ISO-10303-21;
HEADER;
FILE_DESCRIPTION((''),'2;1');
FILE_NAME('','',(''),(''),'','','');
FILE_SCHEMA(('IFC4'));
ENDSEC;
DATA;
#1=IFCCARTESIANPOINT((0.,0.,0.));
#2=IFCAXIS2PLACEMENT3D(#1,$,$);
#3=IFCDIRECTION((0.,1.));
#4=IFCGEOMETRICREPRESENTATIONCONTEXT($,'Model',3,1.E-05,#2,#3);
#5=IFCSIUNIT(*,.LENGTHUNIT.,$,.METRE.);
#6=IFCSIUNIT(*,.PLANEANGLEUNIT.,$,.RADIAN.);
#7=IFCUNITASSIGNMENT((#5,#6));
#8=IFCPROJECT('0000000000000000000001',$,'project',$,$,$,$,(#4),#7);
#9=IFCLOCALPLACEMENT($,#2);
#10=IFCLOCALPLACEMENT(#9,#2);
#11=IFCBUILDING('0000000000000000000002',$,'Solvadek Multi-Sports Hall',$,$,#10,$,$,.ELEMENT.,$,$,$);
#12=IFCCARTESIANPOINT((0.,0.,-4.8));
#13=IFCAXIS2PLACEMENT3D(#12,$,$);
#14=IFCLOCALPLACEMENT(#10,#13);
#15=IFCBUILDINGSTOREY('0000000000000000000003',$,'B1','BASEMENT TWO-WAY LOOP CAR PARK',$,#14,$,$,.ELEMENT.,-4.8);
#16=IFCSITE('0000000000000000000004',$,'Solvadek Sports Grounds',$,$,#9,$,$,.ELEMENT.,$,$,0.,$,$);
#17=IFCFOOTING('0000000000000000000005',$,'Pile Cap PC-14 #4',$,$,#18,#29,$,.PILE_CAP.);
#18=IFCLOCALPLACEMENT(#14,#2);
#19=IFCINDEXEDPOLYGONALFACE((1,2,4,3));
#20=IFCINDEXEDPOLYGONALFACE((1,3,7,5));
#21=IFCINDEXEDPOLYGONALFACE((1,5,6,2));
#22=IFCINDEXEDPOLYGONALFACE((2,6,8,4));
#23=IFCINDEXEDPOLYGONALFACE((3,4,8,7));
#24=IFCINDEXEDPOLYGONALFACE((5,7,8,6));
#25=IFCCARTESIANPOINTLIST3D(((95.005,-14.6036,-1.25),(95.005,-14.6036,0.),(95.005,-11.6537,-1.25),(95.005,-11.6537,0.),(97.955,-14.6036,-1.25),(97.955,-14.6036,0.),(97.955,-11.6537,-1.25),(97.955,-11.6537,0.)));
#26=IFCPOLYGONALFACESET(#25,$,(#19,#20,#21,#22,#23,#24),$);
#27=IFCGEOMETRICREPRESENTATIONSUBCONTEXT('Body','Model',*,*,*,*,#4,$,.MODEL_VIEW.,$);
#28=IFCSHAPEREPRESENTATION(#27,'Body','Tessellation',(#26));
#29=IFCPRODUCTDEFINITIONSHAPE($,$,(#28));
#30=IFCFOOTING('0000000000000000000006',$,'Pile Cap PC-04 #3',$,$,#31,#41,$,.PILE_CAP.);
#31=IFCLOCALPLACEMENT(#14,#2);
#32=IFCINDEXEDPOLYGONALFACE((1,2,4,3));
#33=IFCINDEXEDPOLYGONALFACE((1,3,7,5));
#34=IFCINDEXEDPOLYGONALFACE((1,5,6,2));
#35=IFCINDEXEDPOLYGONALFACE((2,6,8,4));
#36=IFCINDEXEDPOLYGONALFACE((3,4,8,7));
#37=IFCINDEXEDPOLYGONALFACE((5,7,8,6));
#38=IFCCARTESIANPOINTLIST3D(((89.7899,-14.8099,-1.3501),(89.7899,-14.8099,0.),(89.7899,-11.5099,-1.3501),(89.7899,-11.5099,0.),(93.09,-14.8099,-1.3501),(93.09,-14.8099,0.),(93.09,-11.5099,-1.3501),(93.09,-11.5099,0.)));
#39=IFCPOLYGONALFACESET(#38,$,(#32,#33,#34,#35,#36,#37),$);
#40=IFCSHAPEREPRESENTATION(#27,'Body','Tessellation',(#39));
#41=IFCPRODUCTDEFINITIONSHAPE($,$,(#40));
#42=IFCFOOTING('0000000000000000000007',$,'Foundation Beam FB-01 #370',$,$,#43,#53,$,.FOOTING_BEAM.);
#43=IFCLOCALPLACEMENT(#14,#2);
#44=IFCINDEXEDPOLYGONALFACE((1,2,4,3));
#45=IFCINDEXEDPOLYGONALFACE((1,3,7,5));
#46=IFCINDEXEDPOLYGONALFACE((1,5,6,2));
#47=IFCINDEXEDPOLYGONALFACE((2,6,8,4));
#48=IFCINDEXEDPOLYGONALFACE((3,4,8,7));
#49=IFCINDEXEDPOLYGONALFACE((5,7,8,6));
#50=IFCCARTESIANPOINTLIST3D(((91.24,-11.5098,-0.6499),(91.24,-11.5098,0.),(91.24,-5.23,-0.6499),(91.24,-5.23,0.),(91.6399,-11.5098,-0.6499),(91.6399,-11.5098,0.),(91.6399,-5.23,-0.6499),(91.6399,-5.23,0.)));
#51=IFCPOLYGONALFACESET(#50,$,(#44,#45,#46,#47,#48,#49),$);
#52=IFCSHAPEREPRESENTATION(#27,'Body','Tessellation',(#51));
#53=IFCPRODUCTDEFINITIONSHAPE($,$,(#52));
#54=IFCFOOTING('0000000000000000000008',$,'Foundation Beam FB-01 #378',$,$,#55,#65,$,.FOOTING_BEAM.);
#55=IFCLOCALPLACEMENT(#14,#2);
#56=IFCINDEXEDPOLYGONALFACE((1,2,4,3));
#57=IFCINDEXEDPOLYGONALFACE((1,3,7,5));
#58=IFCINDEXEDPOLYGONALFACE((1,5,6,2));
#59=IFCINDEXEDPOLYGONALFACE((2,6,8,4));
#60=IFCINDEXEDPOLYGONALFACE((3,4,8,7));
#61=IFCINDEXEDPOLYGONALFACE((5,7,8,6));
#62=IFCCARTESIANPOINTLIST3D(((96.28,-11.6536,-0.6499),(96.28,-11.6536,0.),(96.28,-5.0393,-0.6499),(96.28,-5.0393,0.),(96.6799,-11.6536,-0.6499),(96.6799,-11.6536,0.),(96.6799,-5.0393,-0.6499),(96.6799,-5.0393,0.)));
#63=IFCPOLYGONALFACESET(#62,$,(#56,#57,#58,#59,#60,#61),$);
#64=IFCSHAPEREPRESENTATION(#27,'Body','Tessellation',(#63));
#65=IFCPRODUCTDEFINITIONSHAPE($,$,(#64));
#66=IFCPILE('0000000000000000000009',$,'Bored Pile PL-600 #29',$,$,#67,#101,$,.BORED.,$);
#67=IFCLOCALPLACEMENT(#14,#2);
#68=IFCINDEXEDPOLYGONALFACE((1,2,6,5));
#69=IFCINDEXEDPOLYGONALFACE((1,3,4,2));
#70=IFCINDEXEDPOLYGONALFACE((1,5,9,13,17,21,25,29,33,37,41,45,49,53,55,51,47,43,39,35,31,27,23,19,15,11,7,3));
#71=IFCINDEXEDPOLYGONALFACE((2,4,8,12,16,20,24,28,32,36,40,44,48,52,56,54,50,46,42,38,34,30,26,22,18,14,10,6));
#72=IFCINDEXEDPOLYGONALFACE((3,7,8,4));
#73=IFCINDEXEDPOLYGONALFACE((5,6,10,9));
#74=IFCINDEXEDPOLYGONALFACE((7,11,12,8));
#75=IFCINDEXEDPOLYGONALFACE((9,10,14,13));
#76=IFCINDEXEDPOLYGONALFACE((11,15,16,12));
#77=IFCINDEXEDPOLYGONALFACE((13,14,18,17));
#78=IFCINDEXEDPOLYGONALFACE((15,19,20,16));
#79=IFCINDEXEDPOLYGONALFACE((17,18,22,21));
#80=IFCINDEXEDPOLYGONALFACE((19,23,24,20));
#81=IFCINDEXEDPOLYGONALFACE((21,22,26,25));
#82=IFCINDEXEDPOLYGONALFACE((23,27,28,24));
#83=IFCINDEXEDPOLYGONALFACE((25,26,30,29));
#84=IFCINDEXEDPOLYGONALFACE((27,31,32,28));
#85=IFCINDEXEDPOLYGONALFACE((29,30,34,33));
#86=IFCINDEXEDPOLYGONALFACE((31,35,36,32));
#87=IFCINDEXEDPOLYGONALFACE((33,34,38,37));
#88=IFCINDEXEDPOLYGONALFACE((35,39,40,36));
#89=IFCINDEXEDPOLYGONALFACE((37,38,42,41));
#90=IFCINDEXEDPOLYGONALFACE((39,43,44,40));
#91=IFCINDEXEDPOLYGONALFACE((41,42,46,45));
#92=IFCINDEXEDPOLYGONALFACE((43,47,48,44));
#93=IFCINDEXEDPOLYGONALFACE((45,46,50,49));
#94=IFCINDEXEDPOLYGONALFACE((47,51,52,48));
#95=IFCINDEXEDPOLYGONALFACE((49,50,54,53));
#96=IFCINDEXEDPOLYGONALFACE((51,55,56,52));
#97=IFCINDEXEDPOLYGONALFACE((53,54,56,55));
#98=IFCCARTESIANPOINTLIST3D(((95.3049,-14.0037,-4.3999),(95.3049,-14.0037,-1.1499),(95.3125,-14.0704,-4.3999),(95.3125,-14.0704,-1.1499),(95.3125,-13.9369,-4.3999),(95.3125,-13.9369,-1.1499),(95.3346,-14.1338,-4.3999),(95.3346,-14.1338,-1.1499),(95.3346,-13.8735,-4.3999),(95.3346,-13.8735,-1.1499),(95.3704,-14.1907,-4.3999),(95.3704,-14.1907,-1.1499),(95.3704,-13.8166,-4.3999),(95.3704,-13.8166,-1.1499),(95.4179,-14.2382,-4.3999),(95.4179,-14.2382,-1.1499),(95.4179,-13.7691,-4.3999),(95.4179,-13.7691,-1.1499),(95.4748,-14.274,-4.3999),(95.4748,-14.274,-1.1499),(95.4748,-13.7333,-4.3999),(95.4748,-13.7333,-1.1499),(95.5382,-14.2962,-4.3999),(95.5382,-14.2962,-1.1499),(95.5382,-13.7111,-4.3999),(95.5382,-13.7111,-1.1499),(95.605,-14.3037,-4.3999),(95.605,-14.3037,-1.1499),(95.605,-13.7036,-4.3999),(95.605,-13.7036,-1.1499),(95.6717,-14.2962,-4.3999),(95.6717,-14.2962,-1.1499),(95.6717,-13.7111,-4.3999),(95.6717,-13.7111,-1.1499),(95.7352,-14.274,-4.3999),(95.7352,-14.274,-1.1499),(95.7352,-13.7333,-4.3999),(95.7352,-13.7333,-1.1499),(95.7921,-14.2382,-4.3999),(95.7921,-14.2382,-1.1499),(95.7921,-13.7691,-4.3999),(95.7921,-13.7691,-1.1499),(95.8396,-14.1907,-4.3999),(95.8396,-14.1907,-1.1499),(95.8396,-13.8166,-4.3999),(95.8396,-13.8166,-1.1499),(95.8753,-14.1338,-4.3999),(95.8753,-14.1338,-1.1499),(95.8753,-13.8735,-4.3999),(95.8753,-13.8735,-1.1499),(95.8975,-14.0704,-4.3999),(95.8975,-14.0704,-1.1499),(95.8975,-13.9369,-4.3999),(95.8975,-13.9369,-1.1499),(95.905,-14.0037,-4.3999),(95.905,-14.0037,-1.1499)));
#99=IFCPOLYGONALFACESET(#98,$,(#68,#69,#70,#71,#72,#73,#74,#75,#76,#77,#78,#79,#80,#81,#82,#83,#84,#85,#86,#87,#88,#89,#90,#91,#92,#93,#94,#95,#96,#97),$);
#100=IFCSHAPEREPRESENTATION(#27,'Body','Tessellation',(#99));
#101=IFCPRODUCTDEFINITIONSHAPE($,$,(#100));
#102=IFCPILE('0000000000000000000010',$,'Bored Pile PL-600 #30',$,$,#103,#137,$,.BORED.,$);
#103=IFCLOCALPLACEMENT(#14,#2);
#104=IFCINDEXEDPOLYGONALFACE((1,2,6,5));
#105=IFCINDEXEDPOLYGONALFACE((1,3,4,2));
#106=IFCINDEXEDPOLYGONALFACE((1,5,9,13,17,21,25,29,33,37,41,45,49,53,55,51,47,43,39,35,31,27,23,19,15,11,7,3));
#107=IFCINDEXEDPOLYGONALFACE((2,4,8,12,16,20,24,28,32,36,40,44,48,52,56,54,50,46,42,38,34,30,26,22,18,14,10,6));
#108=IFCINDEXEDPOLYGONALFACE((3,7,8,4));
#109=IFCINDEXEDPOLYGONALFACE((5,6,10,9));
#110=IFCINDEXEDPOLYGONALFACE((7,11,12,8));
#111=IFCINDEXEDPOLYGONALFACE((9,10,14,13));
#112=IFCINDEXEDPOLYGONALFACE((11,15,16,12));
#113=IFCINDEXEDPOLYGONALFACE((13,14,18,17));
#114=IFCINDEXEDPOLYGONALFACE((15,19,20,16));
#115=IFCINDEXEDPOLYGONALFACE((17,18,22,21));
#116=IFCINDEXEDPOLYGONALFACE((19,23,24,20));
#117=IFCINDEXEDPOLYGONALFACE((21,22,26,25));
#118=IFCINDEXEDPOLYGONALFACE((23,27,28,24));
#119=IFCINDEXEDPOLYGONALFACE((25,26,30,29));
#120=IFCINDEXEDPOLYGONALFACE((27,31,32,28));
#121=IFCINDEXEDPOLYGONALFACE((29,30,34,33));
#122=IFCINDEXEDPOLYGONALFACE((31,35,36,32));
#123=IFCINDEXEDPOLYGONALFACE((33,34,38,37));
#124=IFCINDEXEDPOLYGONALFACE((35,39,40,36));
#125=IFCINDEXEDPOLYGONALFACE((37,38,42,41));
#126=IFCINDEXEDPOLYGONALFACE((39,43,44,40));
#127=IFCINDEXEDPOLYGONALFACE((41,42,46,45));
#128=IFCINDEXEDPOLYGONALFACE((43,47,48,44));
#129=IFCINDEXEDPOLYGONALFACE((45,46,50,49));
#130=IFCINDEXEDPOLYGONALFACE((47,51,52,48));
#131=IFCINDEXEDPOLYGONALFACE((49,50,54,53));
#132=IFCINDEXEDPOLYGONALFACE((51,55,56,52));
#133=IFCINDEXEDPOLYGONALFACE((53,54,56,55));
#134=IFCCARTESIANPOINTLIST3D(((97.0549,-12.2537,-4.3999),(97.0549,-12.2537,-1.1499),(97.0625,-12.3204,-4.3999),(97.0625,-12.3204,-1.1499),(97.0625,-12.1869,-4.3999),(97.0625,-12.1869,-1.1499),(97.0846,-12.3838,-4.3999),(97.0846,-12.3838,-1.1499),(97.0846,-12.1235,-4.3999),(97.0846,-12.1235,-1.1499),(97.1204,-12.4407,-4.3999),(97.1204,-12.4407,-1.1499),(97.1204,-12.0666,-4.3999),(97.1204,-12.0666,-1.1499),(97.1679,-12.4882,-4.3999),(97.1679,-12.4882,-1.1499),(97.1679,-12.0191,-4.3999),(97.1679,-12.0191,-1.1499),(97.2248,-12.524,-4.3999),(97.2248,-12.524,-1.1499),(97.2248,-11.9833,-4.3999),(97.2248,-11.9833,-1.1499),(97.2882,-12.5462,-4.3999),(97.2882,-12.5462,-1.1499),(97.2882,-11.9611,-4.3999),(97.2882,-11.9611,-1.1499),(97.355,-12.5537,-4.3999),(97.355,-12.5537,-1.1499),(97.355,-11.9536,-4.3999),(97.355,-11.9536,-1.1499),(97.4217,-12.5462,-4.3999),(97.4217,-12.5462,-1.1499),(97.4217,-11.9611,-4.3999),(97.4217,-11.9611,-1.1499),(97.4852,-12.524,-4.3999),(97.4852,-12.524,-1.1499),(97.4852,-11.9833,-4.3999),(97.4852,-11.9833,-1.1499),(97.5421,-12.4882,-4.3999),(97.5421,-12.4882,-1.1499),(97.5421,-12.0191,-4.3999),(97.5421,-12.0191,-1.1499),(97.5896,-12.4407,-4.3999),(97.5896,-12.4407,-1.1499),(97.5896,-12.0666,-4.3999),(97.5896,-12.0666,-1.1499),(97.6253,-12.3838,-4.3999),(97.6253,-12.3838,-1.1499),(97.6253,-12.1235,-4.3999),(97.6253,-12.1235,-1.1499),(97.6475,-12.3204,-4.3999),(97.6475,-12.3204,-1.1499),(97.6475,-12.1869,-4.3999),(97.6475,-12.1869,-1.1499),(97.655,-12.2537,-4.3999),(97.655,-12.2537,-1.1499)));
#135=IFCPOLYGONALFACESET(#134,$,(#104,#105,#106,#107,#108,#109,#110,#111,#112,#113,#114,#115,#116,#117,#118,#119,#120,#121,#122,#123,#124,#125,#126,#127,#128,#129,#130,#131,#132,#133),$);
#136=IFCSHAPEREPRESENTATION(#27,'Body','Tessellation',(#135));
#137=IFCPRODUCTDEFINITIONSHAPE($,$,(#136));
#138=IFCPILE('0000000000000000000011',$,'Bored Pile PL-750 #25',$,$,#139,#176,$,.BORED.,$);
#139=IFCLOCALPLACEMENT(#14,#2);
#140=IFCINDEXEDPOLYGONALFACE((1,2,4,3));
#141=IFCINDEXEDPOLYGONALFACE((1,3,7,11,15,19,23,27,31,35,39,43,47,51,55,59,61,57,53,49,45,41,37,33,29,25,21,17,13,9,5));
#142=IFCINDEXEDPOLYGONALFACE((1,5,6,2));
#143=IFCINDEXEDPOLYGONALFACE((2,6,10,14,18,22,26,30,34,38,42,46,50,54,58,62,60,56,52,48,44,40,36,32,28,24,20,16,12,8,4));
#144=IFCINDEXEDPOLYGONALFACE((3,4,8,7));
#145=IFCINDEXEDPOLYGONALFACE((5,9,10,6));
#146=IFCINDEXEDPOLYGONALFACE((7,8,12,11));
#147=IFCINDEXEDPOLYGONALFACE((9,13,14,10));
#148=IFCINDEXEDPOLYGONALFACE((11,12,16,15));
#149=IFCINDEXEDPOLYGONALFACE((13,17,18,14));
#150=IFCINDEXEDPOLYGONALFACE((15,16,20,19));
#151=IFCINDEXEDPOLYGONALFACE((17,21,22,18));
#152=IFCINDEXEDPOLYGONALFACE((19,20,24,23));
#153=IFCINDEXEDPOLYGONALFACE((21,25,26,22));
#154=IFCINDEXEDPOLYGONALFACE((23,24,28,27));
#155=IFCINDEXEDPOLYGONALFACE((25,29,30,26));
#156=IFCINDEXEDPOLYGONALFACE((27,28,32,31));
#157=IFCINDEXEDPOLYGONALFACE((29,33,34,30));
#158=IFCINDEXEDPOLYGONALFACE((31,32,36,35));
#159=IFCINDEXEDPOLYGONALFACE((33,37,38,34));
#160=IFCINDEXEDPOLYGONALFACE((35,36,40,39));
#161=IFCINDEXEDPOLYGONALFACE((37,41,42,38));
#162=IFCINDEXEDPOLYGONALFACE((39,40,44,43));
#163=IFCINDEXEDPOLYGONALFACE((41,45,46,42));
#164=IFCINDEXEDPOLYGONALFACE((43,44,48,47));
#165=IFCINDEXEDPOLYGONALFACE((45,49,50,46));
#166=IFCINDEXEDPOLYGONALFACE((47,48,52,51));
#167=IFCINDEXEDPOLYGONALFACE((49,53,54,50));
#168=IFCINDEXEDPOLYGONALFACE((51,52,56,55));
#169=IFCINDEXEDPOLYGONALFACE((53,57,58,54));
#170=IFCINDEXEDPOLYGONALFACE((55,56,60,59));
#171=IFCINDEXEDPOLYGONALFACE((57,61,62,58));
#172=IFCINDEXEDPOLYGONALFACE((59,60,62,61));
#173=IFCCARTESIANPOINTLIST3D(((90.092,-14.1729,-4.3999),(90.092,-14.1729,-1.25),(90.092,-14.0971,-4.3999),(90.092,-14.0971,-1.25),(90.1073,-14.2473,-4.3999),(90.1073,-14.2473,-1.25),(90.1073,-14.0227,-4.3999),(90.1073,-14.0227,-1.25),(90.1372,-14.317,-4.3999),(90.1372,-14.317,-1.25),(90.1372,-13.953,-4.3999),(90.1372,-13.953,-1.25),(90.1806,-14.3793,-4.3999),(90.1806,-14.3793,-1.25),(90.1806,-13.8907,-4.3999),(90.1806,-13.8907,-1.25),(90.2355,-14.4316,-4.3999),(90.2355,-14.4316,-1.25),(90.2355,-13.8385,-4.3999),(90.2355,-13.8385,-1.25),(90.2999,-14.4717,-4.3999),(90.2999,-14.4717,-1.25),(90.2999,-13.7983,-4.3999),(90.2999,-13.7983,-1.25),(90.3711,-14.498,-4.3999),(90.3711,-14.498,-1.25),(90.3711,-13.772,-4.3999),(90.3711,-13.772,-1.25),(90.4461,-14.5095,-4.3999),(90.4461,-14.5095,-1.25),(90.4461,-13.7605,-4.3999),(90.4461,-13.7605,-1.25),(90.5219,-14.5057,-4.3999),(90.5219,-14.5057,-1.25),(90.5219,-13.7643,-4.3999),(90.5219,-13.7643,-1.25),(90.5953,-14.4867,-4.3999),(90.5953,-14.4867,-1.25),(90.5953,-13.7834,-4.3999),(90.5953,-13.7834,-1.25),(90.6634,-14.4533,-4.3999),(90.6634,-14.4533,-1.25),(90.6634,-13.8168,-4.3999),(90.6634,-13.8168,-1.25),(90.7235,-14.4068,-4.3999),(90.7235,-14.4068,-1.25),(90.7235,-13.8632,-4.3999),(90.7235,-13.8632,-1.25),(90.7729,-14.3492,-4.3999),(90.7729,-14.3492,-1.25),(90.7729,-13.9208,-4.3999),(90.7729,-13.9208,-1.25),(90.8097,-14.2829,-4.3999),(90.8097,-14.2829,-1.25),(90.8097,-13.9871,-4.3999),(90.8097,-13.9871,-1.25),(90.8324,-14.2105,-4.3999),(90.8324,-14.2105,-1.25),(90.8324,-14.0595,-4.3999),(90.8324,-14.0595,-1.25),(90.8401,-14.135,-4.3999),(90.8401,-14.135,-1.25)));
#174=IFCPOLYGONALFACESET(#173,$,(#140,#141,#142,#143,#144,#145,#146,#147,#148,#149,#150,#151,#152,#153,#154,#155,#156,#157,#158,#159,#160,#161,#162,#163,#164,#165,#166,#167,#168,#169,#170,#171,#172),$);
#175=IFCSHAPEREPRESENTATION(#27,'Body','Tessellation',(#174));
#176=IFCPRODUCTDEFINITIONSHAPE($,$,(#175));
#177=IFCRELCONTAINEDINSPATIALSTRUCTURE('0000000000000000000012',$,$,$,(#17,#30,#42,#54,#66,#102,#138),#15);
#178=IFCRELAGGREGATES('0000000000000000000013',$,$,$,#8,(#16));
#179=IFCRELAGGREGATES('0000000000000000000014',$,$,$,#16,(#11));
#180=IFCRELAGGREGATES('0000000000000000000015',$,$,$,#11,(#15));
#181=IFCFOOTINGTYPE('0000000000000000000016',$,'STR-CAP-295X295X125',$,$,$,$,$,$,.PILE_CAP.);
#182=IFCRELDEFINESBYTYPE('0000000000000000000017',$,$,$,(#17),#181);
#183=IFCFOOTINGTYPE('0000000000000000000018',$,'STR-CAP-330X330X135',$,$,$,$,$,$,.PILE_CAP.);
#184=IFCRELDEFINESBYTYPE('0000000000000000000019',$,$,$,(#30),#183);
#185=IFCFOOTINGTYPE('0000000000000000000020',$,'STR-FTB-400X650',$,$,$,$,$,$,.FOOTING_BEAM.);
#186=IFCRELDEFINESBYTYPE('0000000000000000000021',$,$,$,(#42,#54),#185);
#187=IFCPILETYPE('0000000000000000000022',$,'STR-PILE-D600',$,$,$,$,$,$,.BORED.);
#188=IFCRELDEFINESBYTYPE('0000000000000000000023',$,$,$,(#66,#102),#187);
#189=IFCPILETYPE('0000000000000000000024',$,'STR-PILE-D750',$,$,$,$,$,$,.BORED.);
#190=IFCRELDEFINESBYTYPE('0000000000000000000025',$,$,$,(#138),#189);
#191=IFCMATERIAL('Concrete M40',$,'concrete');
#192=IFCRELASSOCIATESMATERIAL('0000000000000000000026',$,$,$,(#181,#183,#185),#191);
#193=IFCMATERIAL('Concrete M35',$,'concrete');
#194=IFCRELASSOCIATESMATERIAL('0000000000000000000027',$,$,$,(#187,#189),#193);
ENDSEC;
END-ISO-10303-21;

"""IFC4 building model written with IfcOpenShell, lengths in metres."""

from ifc_helpers import new_model, si_unit, direction, frame, origin, origin_2d, place, context, subcontext, project, spatial, rectangle, circle, extrude, material, material_profile, profile_set, type_object, element, save


model = new_model("IFC4")

# Units and contexts
model_context = context("Model", 3, precision=1e-05, world=origin(), true_north=direction((0.0, 1.0)))
body_context = subcontext(model_context, "Body", "Model", "MODEL_VIEW")
ifc_project = project(units=[si_unit("LENGTHUNIT", "METRE"), si_unit("PLANEANGLEUNIT", "RADIAN")], contexts=[model_context])

# Site, building, storey
site_placement = place(None, origin())
site = spatial("IfcSite", under=ifc_project, at=site_placement, Name="Solvadek Sports Grounds", CompositionType="ELEMENT", RefElevation=0.0)
building_placement = place(site_placement, origin())
building = spatial("IfcBuilding", under=site, at=building_placement, Name="Solvadek Multi-Sports Hall", CompositionType="ELEMENT")
storey_placement = place(building_placement, frame((0.0, 0.0, -4.8)))
storey = spatial("IfcBuildingStorey", under=building, at=storey_placement, Name="B1", Description="BASEMENT TWO-WAY LOOP CAR PARK", CompositionType="ELEMENT", Elevation=-4.8)

# Footings
ifc_material_1 = material(Name="Concrete M40", Category="concrete")
footing_type_1 = type_object("IfcFootingType", Name="STR-CAP-295X295X125", PredefinedType="PILE_CAP", material=ifc_material_1)
footing_1_placement = place(storey_placement, frame((96.48, -13.1287, -1.25), z_axis=(0.0, 0.0, 1.0), x_axis=(1.0, 0.0, 0.0)))
element("IfcFooting", 1, at=footing_1_placement, inside=storey, type_object=footing_type_1, Name="Pile Cap PC-14 #4", PredefinedType="PILE_CAP", context=body_context, shape_type="SweptSolid", body=[
    extrude(rectangle(XDim=2.95, YDim=2.95, at=origin_2d()), origin(), (0.0, 0.0, 1.0), 1.25),
])
footing_type_2 = type_object("IfcFootingType", Name="STR-CAP-330X330X135", PredefinedType="PILE_CAP", material=ifc_material_1)
footing_2_placement = place(storey_placement, frame((91.4399, -13.1599, -1.3501), z_axis=(0.0, 0.0, 1.0), x_axis=(1.0, 0.0, 0.0)))
element("IfcFooting", 2, at=footing_2_placement, inside=storey, type_object=footing_type_2, Name="Pile Cap PC-04 #3", PredefinedType="PILE_CAP", context=body_context, shape_type="SweptSolid", body=[
    extrude(rectangle(XDim=3.3, YDim=3.3, at=origin_2d()), origin(), (0.0, 0.0, 1.0), 1.3501),
])
footing_type_3 = type_object("IfcFootingType", Name="STR-FTB-400X650", PredefinedType="FOOTING_BEAM", material=ifc_material_1)
footing_3_placement = place(storey_placement, frame((91.4399, -8.3699, -0.6499), z_axis=(0.0, 0.0, 1.0), x_axis=(0.0, 1.0, 0.0)))
element("IfcFooting", 3, at=footing_3_placement, inside=storey, type_object=footing_type_3, Name="Foundation Beam FB-01 #370", PredefinedType="FOOTING_BEAM", context=body_context, shape_type="SweptSolid", body=[
    extrude(rectangle(XDim=6.2798, YDim=0.3999, at=origin_2d()), origin(), (0.0, 0.0, 1.0), 0.6499),
])
footing_4_placement = place(storey_placement, frame((96.48, -8.3464, -0.6499), z_axis=(0.0, 0.0, 1.0), x_axis=(0.0, 1.0, 0.0)))
element("IfcFooting", 4, at=footing_4_placement, inside=storey, type_object=footing_type_3, Name="Foundation Beam FB-01 #378", PredefinedType="FOOTING_BEAM", context=body_context, shape_type="SweptSolid", body=[
    extrude(rectangle(XDim=6.6143, YDim=0.3999, at=origin_2d()), origin(), (0.0, 0.0, 1.0), 0.6499),
])

# Piles
ifc_material_2 = material(Name="Concrete M35", Category="concrete")
ifc_material_profile_1 = material_profile(ifc_material_2, circle(Radius=0.3, at=origin_2d()), Name="BORED PILE D600")
ifc_profile_set_1 = profile_set([ifc_material_profile_1], Name="Concrete M35")
pile_type_1 = type_object("IfcPileType", Name="STR-PILE-D600", PredefinedType="BORED", material=ifc_profile_set_1)
for number, where, z_axis, x_axis, name in (
    (5, (95.605, -14.0037, -1.1499), (0.0, 0.0, -1.0), (1.0, 0.0, 0.0), "Bored Pile PL-600 #29"),
    (6, (97.355, -12.2537, -1.1499), (0.0, 0.0, -1.0), (1.0, 0.0, 0.0), "Bored Pile PL-600 #30"),
):
    element("IfcPile", number, at=place(storey_placement, frame(where, z_axis=z_axis, x_axis=x_axis)), inside=storey, type_object=pile_type_1, Name=name, PredefinedType="BORED", context=body_context, shape_type="SweptSolid", body=[
        extrude(circle(Radius=0.3, at=origin_2d()), origin(), (0.0, 0.0, 1.0), 3.25),
    ])
ifc_material_profile_2 = material_profile(ifc_material_2, circle(Radius=0.375, at=origin_2d()), Name="BORED PILE D750")
ifc_profile_set_2 = profile_set([ifc_material_profile_2], Name="Concrete M35")
pile_type_2 = type_object("IfcPileType", Name="STR-PILE-D750", PredefinedType="BORED", material=ifc_profile_set_2)
for number, where, z_axis, x_axis, name in (
    (7, (90.4651, -14.135, -1.25), (0.0, 0.0, -1.0), (1.0, 0.0, 0.0), "Bored Pile PL-750 #25"),
):
    element("IfcPile", number, at=place(storey_placement, frame(where, z_axis=z_axis, x_axis=x_axis)), inside=storey, type_object=pile_type_2, Name=name, PredefinedType="BORED", context=body_context, shape_type="SweptSolid", body=[
        extrude(circle(Radius=0.375, at=origin_2d()), origin(), (0.0, 0.0, 1.0), 3.1499),
    ])

save(model, "model.ifc")
